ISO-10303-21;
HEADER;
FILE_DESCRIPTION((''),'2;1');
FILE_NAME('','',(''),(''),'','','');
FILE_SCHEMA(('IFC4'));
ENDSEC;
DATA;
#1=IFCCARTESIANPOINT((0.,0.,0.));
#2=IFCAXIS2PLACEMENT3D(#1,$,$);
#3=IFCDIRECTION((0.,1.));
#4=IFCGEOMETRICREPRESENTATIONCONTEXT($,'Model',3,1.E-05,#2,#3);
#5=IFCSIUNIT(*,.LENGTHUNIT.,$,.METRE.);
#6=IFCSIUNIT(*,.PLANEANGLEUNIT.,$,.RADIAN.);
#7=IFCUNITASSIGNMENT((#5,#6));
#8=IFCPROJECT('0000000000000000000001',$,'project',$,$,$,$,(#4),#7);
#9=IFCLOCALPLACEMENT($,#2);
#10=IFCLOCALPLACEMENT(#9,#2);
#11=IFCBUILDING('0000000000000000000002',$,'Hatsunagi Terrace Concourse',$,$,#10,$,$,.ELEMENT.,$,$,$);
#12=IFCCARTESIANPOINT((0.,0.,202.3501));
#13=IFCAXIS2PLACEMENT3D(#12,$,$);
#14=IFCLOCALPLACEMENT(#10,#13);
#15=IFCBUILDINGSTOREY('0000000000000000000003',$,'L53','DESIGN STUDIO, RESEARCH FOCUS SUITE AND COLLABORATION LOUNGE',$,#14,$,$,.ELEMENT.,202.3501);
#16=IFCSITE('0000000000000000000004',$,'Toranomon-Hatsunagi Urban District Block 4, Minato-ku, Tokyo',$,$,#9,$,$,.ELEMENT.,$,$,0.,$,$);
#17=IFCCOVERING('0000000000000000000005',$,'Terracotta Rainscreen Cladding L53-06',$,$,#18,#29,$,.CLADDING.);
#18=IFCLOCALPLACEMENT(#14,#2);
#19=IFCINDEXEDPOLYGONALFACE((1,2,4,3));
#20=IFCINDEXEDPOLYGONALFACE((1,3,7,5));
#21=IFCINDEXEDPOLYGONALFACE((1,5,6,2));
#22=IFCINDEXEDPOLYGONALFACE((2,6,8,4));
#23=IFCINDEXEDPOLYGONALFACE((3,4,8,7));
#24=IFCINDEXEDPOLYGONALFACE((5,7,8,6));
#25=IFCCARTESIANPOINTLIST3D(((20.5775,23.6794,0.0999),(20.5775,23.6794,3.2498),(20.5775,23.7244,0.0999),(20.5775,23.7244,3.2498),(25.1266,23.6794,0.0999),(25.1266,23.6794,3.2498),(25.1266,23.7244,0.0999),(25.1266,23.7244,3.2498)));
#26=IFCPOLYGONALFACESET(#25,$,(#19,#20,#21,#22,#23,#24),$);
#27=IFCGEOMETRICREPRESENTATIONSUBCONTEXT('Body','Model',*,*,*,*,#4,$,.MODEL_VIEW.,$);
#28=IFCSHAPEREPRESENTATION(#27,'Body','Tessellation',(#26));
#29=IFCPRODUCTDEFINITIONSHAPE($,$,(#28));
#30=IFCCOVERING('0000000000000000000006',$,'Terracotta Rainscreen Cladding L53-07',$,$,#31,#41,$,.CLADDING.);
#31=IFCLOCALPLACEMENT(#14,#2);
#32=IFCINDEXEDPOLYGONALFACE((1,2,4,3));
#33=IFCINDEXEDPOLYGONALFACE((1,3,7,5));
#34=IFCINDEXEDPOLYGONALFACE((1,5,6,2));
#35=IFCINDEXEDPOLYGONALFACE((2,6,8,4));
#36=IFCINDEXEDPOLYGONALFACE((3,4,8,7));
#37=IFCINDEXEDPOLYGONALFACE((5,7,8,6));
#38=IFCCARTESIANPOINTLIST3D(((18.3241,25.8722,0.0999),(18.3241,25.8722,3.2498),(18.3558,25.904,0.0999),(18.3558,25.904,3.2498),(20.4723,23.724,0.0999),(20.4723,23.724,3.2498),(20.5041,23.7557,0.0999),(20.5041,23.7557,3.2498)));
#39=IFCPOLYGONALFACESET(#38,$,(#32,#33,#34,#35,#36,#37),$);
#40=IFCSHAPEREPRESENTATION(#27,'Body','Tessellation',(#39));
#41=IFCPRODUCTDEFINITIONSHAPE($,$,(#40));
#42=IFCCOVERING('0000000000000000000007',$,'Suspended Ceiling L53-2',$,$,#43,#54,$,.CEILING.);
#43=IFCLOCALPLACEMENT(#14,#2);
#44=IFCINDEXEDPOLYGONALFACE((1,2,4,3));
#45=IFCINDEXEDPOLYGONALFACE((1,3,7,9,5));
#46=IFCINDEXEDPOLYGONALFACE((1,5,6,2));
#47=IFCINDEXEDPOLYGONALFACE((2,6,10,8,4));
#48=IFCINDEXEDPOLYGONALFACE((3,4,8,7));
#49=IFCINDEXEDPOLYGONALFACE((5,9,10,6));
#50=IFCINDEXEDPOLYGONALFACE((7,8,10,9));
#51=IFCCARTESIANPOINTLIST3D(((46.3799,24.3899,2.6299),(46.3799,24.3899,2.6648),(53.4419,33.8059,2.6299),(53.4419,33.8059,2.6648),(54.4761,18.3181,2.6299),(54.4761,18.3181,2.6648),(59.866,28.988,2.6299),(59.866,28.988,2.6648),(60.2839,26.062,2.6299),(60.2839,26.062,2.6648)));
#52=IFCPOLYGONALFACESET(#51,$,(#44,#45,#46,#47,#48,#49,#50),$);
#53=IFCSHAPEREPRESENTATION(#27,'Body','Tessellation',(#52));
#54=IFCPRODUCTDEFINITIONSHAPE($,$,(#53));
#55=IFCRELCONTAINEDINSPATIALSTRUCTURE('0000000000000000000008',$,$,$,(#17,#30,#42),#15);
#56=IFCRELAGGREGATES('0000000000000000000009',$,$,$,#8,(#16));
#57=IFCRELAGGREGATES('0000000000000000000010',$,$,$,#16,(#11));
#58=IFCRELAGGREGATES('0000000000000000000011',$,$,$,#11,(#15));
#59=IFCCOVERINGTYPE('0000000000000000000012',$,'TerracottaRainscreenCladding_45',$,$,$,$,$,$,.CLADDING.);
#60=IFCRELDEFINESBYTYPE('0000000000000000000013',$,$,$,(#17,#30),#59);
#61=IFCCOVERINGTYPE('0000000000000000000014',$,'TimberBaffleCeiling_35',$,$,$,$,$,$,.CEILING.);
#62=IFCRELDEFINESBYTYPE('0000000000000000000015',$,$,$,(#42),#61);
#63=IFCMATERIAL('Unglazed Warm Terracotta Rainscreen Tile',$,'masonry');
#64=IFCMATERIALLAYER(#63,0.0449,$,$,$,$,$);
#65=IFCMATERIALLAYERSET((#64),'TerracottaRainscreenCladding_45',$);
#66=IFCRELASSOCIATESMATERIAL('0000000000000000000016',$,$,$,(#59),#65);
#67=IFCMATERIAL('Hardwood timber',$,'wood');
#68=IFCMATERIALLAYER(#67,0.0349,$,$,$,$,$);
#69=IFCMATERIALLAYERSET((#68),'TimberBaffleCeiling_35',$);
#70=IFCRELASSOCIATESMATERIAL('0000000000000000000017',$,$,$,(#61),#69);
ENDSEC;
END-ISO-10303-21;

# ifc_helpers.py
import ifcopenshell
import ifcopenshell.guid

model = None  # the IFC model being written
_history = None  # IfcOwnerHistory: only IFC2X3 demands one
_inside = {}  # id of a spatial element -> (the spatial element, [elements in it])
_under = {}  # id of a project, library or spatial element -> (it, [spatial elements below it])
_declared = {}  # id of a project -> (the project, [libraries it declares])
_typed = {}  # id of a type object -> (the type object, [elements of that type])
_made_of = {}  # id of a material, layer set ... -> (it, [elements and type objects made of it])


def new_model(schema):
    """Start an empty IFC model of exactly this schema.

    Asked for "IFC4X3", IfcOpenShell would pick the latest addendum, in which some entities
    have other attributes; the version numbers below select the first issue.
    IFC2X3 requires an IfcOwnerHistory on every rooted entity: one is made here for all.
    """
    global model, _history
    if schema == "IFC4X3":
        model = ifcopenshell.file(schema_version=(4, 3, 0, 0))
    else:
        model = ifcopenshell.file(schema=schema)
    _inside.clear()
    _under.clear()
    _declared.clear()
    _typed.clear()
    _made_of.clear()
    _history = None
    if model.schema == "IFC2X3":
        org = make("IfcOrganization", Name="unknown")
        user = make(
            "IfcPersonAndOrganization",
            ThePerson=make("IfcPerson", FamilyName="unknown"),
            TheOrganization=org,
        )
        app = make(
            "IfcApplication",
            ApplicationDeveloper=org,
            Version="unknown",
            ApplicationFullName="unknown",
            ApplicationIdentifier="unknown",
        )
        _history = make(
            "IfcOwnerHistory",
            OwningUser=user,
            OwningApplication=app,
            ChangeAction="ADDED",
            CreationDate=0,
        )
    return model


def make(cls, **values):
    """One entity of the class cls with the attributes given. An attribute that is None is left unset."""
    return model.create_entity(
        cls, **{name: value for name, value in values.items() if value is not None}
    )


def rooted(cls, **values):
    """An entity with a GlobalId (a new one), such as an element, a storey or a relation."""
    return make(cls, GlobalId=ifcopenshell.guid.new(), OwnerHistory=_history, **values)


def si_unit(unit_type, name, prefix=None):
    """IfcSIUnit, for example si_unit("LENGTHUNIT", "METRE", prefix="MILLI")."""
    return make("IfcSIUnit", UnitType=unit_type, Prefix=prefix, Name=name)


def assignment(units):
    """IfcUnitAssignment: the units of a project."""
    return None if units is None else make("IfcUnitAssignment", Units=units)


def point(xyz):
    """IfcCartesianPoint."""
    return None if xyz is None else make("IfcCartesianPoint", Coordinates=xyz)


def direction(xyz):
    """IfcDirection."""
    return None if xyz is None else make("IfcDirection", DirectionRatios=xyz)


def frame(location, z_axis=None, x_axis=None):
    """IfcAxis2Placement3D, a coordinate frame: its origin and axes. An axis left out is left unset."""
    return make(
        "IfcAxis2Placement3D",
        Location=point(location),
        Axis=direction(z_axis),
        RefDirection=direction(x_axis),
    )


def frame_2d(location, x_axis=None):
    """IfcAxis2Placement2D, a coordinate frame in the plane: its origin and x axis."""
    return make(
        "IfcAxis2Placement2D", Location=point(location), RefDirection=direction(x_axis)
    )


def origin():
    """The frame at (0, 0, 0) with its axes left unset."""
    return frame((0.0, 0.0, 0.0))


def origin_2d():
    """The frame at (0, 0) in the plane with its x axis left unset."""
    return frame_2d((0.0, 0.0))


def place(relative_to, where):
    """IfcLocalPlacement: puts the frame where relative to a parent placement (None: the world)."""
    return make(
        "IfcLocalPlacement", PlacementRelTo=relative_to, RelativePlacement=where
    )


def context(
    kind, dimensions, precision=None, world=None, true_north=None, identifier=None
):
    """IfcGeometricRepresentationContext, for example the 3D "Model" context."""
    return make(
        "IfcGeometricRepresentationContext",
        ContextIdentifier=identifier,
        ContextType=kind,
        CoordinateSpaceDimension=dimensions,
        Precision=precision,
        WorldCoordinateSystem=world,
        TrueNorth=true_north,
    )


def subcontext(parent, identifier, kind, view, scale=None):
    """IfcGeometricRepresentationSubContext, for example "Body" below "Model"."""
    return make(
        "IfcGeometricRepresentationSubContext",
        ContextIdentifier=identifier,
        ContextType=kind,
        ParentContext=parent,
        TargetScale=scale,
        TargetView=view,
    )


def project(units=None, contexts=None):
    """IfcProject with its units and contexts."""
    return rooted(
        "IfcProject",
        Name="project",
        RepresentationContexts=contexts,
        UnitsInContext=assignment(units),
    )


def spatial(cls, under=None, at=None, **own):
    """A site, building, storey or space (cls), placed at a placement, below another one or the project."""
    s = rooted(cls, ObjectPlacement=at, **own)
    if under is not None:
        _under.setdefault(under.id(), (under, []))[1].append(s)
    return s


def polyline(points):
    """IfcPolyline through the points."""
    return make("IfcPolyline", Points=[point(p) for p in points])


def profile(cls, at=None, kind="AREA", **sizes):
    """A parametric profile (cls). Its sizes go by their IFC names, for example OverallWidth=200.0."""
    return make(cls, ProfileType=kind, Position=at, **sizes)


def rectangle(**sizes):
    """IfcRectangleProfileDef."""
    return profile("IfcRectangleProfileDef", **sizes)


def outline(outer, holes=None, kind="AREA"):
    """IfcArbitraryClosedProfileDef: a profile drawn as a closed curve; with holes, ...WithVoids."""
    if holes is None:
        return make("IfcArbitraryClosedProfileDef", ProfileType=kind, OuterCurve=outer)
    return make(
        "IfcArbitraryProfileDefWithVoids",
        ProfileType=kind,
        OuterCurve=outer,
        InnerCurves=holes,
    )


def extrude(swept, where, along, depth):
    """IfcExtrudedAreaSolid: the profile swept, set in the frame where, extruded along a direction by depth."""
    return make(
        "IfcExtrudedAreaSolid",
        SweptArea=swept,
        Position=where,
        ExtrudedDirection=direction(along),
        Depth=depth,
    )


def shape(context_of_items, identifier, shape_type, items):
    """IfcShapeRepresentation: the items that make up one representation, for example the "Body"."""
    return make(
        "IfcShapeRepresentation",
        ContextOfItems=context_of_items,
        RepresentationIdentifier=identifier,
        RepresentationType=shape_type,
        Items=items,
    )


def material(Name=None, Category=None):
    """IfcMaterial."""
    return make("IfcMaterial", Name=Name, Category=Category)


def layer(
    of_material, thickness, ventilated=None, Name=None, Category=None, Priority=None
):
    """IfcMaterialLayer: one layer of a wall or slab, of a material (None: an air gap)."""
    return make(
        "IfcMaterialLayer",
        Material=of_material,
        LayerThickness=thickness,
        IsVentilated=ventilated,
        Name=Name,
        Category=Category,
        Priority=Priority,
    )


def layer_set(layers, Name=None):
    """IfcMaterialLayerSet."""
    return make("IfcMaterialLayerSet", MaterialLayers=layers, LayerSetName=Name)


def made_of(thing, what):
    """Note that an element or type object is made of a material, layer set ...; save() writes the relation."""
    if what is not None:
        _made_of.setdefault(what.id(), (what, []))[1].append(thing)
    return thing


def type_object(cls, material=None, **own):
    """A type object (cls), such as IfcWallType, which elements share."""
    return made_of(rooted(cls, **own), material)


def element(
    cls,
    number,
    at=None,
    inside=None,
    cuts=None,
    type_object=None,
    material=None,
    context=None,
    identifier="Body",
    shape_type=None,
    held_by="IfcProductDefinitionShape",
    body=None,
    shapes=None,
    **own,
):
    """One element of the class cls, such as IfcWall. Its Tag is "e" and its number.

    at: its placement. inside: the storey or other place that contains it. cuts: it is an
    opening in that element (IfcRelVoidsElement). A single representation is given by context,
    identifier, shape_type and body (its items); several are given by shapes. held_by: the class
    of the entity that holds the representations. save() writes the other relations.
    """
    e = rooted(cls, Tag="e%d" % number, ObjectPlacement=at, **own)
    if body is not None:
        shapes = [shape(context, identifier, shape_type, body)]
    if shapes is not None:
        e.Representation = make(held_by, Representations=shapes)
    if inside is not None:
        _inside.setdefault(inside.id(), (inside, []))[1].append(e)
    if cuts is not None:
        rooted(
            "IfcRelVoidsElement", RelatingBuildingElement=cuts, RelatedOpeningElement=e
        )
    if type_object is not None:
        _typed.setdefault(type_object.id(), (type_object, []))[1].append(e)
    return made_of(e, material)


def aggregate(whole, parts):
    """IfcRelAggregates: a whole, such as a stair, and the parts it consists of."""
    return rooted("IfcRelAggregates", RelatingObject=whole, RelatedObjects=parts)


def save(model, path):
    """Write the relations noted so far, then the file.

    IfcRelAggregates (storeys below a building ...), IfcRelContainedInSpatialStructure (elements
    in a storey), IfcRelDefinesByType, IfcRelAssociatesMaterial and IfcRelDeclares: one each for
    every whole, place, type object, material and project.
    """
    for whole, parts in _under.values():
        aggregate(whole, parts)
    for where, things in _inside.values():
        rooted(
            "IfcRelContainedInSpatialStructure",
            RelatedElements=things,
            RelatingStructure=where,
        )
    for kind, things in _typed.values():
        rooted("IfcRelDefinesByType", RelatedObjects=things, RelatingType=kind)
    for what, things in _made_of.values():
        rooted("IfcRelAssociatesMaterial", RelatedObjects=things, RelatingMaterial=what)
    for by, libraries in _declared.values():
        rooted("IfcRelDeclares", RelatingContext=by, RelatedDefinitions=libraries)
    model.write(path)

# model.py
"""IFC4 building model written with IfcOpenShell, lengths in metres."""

from ifc_helpers import new_model, si_unit, direction, frame, origin, origin_2d, place, context, subcontext, project, spatial, polyline, rectangle, outline, extrude, material, layer, layer_set, type_object, element, save


model = new_model("IFC4")

# Units and contexts
model_context = context("Model", 3, precision=1e-05, world=origin(), true_north=direction((0.0, 1.0)))
body_context = subcontext(model_context, "Body", "Model", "MODEL_VIEW")
ifc_project = project(units=[si_unit("LENGTHUNIT", "METRE"), si_unit("PLANEANGLEUNIT", "RADIAN")], contexts=[model_context])

# Site, building, storey
site_placement = place(None, origin())
site = spatial("IfcSite", under=ifc_project, at=site_placement, Name="Toranomon-Hatsunagi Urban District Block 4, Minato-ku, Tokyo", CompositionType="ELEMENT", RefElevation=0.0)
building_placement = place(site_placement, origin())
building = spatial("IfcBuilding", under=site, at=building_placement, Name="Hatsunagi Terrace Concourse", CompositionType="ELEMENT")
storey_placement = place(building_placement, frame((0.0, 0.0, 202.3501)))
storey = spatial("IfcBuildingStorey", under=building, at=storey_placement, Name="L53", Description="DESIGN STUDIO, RESEARCH FOCUS SUITE AND COLLABORATION LOUNGE", CompositionType="ELEMENT", Elevation=202.3501)

# Coverings
ifc_material_1 = material(Name="Unglazed Warm Terracotta Rainscreen Tile", Category="masonry")
ifc_layer_1 = layer(ifc_material_1, 0.0449)
ifc_layer_set_1 = layer_set([ifc_layer_1], Name="TerracottaRainscreenCladding_45")
covering_type_1 = type_object("IfcCoveringType", Name="TerracottaRainscreenCladding_45", PredefinedType="CLADDING", material=ifc_layer_set_1)
covering_1_placement = place(storey_placement, frame((22.8521, 23.7019, 0.0999), z_axis=(0.0, 0.0, 1.0), x_axis=(-1.0, 0.0, 0.0)))
element("IfcCovering", 1, at=covering_1_placement, inside=storey, type_object=covering_type_1, Name="Terracotta Rainscreen Cladding L53-06", PredefinedType="CLADDING", context=body_context, shape_type="SweptSolid", body=[
    extrude(rectangle(XDim=4.5491, YDim=0.0449, at=origin_2d()), origin(), (0.0, 0.0, 1.0), 3.1499),
])
covering_2_placement = place(storey_placement, frame((19.4141, 24.814, 0.0999), z_axis=(0.0, 0.0, 1.0), x_axis=(-0.707107, 0.707107, 0.0)))
element("IfcCovering", 2, at=covering_2_placement, inside=storey, type_object=covering_type_1, Name="Terracotta Rainscreen Cladding L53-07", PredefinedType="CLADDING", context=body_context, shape_type="SweptSolid", body=[
    extrude(rectangle(XDim=3.0381, YDim=0.0449, at=origin_2d()), origin(), (0.0, 0.0, 1.0), 3.1499),
])
ifc_material_2 = material(Name="Hardwood timber", Category="wood")
ifc_layer_2 = layer(ifc_material_2, 0.0349)
ifc_layer_set_2 = layer_set([ifc_layer_2], Name="TimberBaffleCeiling_35")
covering_type_2 = type_object("IfcCoveringType", Name="TimberBaffleCeiling_35", PredefinedType="CEILING", material=ifc_layer_set_2)
covering_3_placement = place(storey_placement, frame((0.0, 0.0, 2.6299)))
element("IfcCovering", 3, at=covering_3_placement, inside=storey, type_object=covering_type_2, Name="Suspended Ceiling L53-2", PredefinedType="CEILING", context=body_context, shape_type="SweptSolid", body=[
    extrude(outline(polyline([(59.866, 28.988), (53.4419, 33.8059), (46.3799, 24.3899), (54.4761, 18.3181), (60.2839, 26.062), (59.866, 28.988)])), origin(), (0.0, 0.0, 1.0), 0.0349),
])

save(model, "model.ifc")
